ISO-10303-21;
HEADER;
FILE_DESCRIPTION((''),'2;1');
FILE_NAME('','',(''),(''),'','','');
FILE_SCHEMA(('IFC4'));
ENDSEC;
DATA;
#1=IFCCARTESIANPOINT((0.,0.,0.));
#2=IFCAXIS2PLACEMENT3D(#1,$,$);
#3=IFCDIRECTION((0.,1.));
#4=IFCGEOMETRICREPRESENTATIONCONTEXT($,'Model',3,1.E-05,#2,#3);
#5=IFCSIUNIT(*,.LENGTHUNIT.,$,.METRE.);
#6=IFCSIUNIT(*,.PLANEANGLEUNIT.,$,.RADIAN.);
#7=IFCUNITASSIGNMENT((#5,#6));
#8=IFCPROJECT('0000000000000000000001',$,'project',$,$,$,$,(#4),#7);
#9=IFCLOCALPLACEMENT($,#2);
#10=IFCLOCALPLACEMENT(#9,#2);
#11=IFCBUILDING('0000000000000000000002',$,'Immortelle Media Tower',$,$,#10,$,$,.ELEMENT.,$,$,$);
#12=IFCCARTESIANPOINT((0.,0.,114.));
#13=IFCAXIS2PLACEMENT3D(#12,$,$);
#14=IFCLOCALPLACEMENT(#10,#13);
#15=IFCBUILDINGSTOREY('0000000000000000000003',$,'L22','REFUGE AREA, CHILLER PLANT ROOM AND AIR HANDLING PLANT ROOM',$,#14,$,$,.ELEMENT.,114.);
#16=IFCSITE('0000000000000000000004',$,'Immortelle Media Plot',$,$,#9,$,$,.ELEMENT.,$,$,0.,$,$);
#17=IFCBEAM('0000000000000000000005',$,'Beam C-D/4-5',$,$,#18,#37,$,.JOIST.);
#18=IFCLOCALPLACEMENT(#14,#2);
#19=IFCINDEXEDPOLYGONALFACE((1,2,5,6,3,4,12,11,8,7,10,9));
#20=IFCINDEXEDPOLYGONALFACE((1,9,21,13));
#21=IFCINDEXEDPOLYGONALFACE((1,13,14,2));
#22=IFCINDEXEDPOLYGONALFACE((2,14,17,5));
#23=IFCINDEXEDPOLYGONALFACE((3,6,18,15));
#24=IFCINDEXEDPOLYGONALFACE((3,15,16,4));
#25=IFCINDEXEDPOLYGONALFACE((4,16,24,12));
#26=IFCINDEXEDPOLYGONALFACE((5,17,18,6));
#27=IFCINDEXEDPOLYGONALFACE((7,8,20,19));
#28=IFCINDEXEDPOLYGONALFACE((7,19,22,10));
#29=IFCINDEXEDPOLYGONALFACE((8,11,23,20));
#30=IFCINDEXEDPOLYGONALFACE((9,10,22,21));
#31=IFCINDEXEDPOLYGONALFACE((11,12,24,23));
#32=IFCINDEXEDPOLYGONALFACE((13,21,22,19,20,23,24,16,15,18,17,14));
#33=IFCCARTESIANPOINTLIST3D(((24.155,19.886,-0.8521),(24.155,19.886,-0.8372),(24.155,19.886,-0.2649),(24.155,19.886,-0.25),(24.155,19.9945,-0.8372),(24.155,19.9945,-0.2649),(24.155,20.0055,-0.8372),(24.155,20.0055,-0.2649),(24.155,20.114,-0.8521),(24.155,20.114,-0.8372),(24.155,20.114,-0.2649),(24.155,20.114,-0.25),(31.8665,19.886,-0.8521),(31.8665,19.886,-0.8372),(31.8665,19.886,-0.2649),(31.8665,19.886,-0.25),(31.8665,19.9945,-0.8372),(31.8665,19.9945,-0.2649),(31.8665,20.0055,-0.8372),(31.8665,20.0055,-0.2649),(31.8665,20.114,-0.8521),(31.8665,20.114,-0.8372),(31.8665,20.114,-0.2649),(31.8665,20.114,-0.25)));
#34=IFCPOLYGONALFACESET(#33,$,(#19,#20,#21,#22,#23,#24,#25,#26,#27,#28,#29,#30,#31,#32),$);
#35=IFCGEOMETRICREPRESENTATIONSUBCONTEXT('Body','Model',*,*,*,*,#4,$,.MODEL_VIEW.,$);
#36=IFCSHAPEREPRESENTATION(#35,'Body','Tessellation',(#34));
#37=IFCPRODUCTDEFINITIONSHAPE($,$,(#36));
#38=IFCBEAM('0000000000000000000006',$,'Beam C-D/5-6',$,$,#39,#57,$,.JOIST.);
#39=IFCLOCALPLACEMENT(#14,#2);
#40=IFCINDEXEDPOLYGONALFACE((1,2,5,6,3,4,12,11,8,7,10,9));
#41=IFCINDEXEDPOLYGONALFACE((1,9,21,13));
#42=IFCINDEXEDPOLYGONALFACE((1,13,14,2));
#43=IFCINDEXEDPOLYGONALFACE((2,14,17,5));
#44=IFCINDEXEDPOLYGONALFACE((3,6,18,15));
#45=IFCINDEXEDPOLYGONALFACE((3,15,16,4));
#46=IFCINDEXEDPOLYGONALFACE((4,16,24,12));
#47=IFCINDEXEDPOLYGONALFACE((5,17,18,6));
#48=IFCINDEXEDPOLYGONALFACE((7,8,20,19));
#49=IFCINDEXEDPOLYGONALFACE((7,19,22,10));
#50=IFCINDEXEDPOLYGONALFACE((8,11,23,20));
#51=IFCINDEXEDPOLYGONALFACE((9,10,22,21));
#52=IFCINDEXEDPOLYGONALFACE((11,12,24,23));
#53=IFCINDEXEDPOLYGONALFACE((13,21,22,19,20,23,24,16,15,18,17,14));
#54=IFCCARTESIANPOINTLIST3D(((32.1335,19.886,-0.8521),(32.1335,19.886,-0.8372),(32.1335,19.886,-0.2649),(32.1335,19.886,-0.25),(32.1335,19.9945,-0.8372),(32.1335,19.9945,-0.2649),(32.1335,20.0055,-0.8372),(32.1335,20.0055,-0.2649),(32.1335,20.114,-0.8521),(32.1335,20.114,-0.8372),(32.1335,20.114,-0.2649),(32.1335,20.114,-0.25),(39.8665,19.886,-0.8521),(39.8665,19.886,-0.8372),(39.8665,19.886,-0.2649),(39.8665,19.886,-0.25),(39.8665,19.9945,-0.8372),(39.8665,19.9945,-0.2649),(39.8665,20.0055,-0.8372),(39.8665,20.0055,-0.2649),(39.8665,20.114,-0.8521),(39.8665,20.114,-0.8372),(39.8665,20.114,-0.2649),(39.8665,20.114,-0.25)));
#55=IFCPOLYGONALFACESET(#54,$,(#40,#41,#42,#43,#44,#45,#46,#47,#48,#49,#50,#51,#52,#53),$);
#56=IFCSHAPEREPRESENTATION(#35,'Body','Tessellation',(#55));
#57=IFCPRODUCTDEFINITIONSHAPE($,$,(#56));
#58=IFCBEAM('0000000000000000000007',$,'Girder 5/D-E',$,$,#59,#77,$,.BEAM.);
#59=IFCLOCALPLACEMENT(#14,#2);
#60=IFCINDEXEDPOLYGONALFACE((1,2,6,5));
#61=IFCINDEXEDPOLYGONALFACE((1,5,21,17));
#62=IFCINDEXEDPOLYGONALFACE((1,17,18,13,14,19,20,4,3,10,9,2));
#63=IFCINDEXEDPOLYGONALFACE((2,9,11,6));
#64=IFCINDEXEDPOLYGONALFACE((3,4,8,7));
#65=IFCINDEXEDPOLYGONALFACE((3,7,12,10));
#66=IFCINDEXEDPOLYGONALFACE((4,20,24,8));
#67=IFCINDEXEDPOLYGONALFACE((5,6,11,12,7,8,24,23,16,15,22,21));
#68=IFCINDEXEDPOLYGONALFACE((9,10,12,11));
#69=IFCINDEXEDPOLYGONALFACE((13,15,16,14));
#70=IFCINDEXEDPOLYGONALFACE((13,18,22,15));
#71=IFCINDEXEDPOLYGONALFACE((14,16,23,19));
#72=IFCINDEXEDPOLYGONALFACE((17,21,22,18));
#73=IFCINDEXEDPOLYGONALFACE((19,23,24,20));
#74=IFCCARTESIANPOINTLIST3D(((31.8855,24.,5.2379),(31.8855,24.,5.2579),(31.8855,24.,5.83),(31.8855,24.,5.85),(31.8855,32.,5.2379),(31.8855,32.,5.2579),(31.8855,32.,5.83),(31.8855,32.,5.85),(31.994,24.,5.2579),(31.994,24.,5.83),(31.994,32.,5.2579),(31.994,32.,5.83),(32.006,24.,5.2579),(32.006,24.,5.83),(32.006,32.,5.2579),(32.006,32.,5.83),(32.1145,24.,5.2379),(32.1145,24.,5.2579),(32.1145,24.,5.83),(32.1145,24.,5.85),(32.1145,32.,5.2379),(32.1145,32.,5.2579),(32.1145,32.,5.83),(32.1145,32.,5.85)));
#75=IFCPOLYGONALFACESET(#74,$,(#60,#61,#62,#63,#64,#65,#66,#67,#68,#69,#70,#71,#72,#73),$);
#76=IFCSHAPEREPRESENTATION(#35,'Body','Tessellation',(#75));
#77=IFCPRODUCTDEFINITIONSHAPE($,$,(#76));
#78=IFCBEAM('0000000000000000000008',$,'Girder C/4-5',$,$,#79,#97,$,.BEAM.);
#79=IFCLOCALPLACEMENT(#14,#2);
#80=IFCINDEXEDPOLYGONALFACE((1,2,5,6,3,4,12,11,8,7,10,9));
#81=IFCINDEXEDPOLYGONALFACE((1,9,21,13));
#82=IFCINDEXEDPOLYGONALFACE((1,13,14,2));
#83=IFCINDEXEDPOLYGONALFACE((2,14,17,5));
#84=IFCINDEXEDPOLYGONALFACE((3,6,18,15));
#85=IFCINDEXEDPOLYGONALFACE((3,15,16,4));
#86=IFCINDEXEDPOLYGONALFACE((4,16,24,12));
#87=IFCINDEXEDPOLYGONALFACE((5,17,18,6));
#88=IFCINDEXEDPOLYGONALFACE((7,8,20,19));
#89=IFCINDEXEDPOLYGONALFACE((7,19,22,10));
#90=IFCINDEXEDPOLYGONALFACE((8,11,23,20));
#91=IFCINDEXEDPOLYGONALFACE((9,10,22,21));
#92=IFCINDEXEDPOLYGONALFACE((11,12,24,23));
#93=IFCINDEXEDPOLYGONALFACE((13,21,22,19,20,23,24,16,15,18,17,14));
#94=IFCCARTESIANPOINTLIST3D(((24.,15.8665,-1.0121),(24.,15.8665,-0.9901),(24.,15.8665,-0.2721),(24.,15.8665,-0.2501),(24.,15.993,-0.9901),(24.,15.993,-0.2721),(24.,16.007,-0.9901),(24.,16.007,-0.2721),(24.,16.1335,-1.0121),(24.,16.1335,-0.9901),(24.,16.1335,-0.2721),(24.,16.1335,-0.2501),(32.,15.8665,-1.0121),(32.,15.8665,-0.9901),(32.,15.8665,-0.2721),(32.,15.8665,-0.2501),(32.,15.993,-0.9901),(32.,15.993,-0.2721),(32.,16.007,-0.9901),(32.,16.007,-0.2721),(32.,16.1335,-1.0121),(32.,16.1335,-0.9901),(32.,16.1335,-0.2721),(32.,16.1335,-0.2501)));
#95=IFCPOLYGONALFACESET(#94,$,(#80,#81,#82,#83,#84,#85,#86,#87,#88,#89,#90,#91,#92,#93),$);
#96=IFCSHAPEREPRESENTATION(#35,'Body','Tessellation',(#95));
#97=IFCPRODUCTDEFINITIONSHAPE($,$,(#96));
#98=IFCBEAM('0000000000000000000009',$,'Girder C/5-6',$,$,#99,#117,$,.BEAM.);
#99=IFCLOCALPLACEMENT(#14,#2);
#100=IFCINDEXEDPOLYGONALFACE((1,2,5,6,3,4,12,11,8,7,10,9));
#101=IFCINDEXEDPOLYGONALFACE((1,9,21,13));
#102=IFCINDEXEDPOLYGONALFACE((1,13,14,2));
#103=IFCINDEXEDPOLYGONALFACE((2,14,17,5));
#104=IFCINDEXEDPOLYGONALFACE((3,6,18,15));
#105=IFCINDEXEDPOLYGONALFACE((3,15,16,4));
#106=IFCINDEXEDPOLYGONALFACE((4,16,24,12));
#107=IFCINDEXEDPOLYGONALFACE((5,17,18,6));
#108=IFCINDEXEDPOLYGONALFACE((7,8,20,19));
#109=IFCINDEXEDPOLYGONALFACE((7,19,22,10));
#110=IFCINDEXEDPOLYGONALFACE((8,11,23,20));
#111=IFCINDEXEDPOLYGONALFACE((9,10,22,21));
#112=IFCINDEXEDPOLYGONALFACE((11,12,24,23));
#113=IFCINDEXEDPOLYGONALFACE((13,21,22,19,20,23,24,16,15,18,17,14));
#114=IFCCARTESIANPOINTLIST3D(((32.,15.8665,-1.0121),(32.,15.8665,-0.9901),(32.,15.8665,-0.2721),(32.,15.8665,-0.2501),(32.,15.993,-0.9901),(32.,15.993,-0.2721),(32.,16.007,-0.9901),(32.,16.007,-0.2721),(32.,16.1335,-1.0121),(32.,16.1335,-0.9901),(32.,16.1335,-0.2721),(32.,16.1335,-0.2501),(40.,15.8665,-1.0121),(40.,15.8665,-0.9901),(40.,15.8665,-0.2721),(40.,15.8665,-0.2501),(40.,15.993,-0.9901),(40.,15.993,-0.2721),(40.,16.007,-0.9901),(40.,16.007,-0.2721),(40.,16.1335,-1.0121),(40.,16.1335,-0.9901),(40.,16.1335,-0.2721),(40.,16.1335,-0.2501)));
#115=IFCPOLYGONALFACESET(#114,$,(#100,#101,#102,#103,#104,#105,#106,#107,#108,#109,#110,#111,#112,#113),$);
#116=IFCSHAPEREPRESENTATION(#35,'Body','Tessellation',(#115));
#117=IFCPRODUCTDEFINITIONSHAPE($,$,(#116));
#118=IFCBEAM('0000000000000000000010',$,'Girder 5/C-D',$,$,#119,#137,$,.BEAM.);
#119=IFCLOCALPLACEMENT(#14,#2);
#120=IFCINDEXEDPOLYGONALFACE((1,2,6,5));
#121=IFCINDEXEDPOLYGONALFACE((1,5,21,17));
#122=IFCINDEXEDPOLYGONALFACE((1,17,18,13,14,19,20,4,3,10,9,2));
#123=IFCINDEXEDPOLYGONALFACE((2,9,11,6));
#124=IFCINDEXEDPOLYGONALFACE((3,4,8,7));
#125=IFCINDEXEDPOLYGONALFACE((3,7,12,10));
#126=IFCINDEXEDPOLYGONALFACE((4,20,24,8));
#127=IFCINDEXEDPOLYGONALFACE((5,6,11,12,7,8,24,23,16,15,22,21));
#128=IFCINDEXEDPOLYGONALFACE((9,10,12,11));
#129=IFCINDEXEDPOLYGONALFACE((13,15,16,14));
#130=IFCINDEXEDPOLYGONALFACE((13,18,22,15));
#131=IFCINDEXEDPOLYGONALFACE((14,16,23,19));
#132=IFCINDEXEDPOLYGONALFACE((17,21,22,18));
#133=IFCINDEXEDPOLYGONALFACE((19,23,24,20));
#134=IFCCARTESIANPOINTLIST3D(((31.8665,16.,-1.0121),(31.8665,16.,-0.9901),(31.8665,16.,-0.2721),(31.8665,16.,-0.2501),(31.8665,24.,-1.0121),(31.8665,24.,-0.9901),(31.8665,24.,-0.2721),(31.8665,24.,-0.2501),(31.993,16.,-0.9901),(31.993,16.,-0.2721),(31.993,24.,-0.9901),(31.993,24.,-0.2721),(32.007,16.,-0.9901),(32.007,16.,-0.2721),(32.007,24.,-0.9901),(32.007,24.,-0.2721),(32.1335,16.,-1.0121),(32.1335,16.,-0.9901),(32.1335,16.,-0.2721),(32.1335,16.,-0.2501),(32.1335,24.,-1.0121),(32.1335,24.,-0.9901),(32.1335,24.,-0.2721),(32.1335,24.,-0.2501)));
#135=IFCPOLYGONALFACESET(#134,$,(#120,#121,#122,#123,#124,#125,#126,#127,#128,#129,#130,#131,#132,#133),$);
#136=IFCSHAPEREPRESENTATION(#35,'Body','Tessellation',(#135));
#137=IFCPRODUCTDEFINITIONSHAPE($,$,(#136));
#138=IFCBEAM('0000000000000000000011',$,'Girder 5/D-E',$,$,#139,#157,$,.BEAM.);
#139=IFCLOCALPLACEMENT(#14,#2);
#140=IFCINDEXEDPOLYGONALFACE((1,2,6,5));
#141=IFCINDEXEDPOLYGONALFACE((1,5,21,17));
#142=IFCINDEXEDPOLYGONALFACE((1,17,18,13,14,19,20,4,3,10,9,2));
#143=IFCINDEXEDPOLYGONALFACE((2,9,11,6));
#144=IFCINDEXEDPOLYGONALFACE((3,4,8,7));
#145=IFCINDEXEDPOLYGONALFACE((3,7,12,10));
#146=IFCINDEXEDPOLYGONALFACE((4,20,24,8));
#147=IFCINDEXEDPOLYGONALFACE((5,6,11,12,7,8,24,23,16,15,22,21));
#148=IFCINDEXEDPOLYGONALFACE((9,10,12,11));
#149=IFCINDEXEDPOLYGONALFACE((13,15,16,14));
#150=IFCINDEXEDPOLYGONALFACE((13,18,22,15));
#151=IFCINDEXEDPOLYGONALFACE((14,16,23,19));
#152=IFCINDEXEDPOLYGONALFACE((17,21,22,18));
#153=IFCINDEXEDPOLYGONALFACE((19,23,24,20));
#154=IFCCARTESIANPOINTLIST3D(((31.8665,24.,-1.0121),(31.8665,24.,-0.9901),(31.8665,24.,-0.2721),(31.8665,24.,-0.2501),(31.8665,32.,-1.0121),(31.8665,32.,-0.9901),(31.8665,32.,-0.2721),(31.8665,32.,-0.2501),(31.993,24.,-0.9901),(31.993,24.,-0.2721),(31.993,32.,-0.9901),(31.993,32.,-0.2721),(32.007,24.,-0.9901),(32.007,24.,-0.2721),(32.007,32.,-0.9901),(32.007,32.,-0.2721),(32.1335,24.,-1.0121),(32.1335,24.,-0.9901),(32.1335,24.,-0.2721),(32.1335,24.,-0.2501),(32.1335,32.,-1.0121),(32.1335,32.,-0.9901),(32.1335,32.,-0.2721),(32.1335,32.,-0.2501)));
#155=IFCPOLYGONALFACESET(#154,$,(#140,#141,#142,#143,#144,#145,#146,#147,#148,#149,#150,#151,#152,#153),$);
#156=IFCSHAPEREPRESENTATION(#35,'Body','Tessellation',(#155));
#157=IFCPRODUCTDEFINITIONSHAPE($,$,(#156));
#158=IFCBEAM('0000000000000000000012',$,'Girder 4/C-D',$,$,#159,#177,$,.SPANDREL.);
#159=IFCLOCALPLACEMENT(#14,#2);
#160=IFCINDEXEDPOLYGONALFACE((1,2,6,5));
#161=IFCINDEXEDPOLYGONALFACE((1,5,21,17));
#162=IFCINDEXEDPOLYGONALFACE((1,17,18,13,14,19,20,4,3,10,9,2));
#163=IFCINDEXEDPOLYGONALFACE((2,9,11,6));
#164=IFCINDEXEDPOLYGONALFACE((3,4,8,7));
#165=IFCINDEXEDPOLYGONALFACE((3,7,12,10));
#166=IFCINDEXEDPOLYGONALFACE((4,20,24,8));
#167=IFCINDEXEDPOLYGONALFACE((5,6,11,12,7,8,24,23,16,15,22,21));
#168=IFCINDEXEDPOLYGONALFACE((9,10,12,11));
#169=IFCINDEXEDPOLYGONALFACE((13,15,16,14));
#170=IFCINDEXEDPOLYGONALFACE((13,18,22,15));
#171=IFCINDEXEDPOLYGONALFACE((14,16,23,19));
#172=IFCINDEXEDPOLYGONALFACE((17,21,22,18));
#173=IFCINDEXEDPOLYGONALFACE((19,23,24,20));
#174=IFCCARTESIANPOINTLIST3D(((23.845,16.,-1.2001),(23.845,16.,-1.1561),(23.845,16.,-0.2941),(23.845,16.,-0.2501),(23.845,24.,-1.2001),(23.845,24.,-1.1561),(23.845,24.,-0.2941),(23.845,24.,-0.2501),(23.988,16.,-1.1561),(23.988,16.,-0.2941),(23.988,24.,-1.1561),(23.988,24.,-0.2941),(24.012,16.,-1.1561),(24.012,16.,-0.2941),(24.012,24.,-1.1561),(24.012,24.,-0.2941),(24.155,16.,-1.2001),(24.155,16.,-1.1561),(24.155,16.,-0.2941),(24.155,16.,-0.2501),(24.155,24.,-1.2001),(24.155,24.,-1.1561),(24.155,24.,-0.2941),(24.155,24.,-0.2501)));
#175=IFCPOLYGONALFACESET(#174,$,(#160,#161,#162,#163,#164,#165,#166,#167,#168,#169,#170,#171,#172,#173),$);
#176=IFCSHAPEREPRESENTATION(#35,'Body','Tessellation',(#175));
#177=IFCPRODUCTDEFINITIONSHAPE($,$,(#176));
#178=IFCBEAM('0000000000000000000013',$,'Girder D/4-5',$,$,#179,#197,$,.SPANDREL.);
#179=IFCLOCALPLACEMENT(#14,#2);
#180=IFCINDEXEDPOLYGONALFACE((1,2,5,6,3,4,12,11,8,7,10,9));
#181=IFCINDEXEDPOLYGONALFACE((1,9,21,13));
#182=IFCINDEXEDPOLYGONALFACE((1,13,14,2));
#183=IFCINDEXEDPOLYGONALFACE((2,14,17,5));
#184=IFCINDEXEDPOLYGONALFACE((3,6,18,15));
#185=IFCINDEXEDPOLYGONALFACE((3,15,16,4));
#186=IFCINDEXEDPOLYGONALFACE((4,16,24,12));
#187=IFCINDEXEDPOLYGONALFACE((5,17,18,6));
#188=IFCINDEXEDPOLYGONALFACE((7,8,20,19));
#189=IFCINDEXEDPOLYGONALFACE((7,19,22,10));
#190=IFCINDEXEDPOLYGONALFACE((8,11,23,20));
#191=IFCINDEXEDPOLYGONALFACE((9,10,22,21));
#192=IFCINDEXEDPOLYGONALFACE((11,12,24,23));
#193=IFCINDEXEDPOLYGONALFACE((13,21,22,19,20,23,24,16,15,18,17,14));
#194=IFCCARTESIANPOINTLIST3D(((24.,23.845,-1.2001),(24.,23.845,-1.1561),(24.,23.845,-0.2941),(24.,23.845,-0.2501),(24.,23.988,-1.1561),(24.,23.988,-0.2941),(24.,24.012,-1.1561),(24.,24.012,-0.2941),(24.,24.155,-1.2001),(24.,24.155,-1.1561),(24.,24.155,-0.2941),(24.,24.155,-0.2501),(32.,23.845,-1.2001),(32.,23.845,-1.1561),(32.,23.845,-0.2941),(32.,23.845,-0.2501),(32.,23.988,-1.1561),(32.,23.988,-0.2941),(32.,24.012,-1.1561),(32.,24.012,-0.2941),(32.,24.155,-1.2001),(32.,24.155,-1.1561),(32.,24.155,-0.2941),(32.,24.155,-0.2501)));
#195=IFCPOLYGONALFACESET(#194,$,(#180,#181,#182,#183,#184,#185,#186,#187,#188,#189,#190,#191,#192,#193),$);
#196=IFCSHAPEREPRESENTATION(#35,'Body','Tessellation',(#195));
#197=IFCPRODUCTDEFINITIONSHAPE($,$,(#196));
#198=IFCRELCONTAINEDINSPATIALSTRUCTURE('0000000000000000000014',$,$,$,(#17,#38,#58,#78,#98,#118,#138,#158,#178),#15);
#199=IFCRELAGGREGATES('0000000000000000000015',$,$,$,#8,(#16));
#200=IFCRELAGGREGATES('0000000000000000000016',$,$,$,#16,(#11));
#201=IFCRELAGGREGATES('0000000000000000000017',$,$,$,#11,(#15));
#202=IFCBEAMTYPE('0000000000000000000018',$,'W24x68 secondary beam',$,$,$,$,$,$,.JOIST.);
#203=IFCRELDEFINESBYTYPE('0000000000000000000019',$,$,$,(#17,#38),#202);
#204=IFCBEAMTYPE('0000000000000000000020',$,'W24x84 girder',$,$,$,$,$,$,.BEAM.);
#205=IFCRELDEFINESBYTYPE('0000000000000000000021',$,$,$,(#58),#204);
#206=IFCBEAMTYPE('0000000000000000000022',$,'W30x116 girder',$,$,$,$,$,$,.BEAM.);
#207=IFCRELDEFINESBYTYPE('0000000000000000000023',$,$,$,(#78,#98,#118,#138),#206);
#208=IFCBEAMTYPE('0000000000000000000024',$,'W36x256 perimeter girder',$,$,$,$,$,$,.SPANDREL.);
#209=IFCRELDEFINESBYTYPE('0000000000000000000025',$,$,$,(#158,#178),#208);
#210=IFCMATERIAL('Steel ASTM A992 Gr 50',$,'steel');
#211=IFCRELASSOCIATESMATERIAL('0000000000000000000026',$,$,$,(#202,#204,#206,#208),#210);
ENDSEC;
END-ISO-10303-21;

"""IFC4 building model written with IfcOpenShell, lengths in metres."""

from ifc_helpers import new_model, si_unit, direction, frame, origin, origin_2d, place, context, subcontext, project, spatial, i_section, extrude, material, material_profile, profile_set, type_object, element, save


model = new_model("IFC4")

# Units and contexts
model_context = context("Model", 3, precision=1e-05, world=origin(), true_north=direction((0.0, 1.0)))
body_context = subcontext(model_context, "Body", "Model", "MODEL_VIEW")
ifc_project = project(units=[si_unit("LENGTHUNIT", "METRE"), si_unit("PLANEANGLEUNIT", "RADIAN")], contexts=[model_context])

# Site, building, storey
site_placement = place(None, origin())
site = spatial("IfcSite", under=ifc_project, at=site_placement, Name="Immortelle Media Plot", CompositionType="ELEMENT", RefElevation=0.0)
building_placement = place(site_placement, origin())
building = spatial("IfcBuilding", under=site, at=building_placement, Name="Immortelle Media Tower", CompositionType="ELEMENT")
storey_placement = place(building_placement, frame((0.0, 0.0, 114.0)))
storey = spatial("IfcBuildingStorey", under=building, at=storey_placement, Name="L22", Description="REFUGE AREA, CHILLER PLANT ROOM AND AIR HANDLING PLANT ROOM", CompositionType="ELEMENT", Elevation=114.0)

# Shared definitions
ifc_material_1 = material(Name="Steel ASTM A992 Gr 50", Category="steel")

# Beams
ifc_material_profile_1 = material_profile(ifc_material_1, i_section(OverallWidth=0.228, OverallDepth=0.6021, WebThickness=0.011, FlangeThickness=0.0149, at=origin_2d()), Name="W24x68")
ifc_profile_set_1 = profile_set([ifc_material_profile_1], Name="Steel ASTM A992 Gr 50")
beam_type_1 = type_object("IfcBeamType", Name="W24x68 secondary beam", PredefinedType="JOIST", material=ifc_profile_set_1)
beam_1_placement = place(storey_placement, frame((24.155, 20.0, -0.551), z_axis=(1.0, 0.0, 0.0), x_axis=(0.0, 1.0, 0.0)))
element("IfcBeam", 1, at=beam_1_placement, inside=storey, type_object=beam_type_1, Name="Beam C-D/4-5", PredefinedType="JOIST", context=body_context, shape_type="SweptSolid", body=[
    extrude(i_section(OverallWidth=0.228, OverallDepth=0.6021, WebThickness=0.011, FlangeThickness=0.0149, at=origin_2d()), origin(), (0.0, 0.0, 1.0), 7.7114),
])
beam_2_placement = place(storey_placement, frame((32.1335, 20.0, -0.551), z_axis=(1.0, 0.0, 0.0), x_axis=(0.0, 1.0, 0.0)))
element("IfcBeam", 2, at=beam_2_placement, inside=storey, type_object=beam_type_1, Name="Beam C-D/5-6", PredefinedType="JOIST", context=body_context, shape_type="SweptSolid", body=[
    extrude(i_section(OverallWidth=0.228, OverallDepth=0.6021, WebThickness=0.011, FlangeThickness=0.0149, at=origin_2d()), origin(), (0.0, 0.0, 1.0), 7.7329),
])
ifc_material_profile_2 = material_profile(ifc_material_1, i_section(OverallWidth=0.229, OverallDepth=0.6121, WebThickness=0.012, FlangeThickness=0.02, at=origin_2d()), Name="W24x84")
ifc_profile_set_2 = profile_set([ifc_material_profile_2], Name="Steel ASTM A992 Gr 50")
beam_type_2 = type_object("IfcBeamType", Name="W24x84 girder", PredefinedType="BEAM", material=ifc_profile_set_2)
beam_3_placement = place(storey_placement, frame((32.0, 24.0, 5.5439), z_axis=(0.0, 1.0, 0.0), x_axis=(-1.0, 0.0, 0.0)))
element("IfcBeam", 3, at=beam_3_placement, inside=storey, type_object=beam_type_2, Name="Girder 5/D-E", PredefinedType="BEAM", context=body_context, shape_type="SweptSolid", body=[
    extrude(i_section(OverallWidth=0.229, OverallDepth=0.6121, WebThickness=0.012, FlangeThickness=0.02, at=origin_2d()), origin(), (0.0, 0.0, 1.0), 8.0),
])
ifc_material_profile_3 = material_profile(ifc_material_1, i_section(OverallWidth=0.2671, OverallDepth=0.762, WebThickness=0.0139, FlangeThickness=0.022, at=origin_2d()), Name="W30x116")
ifc_profile_set_3 = profile_set([ifc_material_profile_3], Name="Steel ASTM A992 Gr 50")
beam_type_3 = type_object("IfcBeamType", Name="W30x116 girder", PredefinedType="BEAM", material=ifc_profile_set_3)
for number, where, z_axis, x_axis, name in (
    (4, (24.0, 16.0, -0.6311), (1.0, 0.0, 0.0), (0.0, 1.0, 0.0), "Girder C/4-5"),
    (5, (32.0, 16.0, -0.6311), (1.0, 0.0, 0.0), (0.0, 1.0, 0.0), "Girder C/5-6"),
    (6, (32.0, 16.0, -0.6311), (0.0, 1.0, 0.0), (-1.0, 0.0, 0.0), "Girder 5/C-D"),
    (7, (32.0, 24.0, -0.6311), (0.0, 1.0, 0.0), (-1.0, 0.0, 0.0), "Girder 5/D-E"),
):
    element("IfcBeam", number, at=place(storey_placement, frame(where, z_axis=z_axis, x_axis=x_axis)), inside=storey, type_object=beam_type_3, Name=name, PredefinedType="BEAM", context=body_context, shape_type="SweptSolid", body=[
        extrude(i_section(OverallWidth=0.2671, OverallDepth=0.762, WebThickness=0.0139, FlangeThickness=0.022, at=origin_2d()), origin(), (0.0, 0.0, 1.0), 8.0),
    ])
ifc_material_profile_4 = material_profile(ifc_material_1, i_section(OverallWidth=0.3101, OverallDepth=0.95, WebThickness=0.0239, FlangeThickness=0.0439, at=origin_2d()), Name="W36x256")
ifc_profile_set_4 = profile_set([ifc_material_profile_4], Name="Steel ASTM A992 Gr 50")
beam_type_4 = type_object("IfcBeamType", Name="W36x256 perimeter girder", PredefinedType="SPANDREL", material=ifc_profile_set_4)
for number, where, z_axis, x_axis, name in (
    (8, (24.0, 16.0, -0.7251), (0.0, 1.0, 0.0), (-1.0, 0.0, 0.0), "Girder 4/C-D"),
    (9, (24.0, 24.0, -0.7251), (1.0, 0.0, 0.0), (0.0, 1.0, 0.0), "Girder D/4-5"),
):
    element("IfcBeam", number, at=place(storey_placement, frame(where, z_axis=z_axis, x_axis=x_axis)), inside=storey, type_object=beam_type_4, Name=name, PredefinedType="SPANDREL", context=body_context, shape_type="SweptSolid", body=[
        extrude(i_section(OverallWidth=0.3101, OverallDepth=0.95, WebThickness=0.0239, FlangeThickness=0.0439, at=origin_2d()), origin(), (0.0, 0.0, 1.0), 8.0),
    ])

save(model, "model.ifc")
